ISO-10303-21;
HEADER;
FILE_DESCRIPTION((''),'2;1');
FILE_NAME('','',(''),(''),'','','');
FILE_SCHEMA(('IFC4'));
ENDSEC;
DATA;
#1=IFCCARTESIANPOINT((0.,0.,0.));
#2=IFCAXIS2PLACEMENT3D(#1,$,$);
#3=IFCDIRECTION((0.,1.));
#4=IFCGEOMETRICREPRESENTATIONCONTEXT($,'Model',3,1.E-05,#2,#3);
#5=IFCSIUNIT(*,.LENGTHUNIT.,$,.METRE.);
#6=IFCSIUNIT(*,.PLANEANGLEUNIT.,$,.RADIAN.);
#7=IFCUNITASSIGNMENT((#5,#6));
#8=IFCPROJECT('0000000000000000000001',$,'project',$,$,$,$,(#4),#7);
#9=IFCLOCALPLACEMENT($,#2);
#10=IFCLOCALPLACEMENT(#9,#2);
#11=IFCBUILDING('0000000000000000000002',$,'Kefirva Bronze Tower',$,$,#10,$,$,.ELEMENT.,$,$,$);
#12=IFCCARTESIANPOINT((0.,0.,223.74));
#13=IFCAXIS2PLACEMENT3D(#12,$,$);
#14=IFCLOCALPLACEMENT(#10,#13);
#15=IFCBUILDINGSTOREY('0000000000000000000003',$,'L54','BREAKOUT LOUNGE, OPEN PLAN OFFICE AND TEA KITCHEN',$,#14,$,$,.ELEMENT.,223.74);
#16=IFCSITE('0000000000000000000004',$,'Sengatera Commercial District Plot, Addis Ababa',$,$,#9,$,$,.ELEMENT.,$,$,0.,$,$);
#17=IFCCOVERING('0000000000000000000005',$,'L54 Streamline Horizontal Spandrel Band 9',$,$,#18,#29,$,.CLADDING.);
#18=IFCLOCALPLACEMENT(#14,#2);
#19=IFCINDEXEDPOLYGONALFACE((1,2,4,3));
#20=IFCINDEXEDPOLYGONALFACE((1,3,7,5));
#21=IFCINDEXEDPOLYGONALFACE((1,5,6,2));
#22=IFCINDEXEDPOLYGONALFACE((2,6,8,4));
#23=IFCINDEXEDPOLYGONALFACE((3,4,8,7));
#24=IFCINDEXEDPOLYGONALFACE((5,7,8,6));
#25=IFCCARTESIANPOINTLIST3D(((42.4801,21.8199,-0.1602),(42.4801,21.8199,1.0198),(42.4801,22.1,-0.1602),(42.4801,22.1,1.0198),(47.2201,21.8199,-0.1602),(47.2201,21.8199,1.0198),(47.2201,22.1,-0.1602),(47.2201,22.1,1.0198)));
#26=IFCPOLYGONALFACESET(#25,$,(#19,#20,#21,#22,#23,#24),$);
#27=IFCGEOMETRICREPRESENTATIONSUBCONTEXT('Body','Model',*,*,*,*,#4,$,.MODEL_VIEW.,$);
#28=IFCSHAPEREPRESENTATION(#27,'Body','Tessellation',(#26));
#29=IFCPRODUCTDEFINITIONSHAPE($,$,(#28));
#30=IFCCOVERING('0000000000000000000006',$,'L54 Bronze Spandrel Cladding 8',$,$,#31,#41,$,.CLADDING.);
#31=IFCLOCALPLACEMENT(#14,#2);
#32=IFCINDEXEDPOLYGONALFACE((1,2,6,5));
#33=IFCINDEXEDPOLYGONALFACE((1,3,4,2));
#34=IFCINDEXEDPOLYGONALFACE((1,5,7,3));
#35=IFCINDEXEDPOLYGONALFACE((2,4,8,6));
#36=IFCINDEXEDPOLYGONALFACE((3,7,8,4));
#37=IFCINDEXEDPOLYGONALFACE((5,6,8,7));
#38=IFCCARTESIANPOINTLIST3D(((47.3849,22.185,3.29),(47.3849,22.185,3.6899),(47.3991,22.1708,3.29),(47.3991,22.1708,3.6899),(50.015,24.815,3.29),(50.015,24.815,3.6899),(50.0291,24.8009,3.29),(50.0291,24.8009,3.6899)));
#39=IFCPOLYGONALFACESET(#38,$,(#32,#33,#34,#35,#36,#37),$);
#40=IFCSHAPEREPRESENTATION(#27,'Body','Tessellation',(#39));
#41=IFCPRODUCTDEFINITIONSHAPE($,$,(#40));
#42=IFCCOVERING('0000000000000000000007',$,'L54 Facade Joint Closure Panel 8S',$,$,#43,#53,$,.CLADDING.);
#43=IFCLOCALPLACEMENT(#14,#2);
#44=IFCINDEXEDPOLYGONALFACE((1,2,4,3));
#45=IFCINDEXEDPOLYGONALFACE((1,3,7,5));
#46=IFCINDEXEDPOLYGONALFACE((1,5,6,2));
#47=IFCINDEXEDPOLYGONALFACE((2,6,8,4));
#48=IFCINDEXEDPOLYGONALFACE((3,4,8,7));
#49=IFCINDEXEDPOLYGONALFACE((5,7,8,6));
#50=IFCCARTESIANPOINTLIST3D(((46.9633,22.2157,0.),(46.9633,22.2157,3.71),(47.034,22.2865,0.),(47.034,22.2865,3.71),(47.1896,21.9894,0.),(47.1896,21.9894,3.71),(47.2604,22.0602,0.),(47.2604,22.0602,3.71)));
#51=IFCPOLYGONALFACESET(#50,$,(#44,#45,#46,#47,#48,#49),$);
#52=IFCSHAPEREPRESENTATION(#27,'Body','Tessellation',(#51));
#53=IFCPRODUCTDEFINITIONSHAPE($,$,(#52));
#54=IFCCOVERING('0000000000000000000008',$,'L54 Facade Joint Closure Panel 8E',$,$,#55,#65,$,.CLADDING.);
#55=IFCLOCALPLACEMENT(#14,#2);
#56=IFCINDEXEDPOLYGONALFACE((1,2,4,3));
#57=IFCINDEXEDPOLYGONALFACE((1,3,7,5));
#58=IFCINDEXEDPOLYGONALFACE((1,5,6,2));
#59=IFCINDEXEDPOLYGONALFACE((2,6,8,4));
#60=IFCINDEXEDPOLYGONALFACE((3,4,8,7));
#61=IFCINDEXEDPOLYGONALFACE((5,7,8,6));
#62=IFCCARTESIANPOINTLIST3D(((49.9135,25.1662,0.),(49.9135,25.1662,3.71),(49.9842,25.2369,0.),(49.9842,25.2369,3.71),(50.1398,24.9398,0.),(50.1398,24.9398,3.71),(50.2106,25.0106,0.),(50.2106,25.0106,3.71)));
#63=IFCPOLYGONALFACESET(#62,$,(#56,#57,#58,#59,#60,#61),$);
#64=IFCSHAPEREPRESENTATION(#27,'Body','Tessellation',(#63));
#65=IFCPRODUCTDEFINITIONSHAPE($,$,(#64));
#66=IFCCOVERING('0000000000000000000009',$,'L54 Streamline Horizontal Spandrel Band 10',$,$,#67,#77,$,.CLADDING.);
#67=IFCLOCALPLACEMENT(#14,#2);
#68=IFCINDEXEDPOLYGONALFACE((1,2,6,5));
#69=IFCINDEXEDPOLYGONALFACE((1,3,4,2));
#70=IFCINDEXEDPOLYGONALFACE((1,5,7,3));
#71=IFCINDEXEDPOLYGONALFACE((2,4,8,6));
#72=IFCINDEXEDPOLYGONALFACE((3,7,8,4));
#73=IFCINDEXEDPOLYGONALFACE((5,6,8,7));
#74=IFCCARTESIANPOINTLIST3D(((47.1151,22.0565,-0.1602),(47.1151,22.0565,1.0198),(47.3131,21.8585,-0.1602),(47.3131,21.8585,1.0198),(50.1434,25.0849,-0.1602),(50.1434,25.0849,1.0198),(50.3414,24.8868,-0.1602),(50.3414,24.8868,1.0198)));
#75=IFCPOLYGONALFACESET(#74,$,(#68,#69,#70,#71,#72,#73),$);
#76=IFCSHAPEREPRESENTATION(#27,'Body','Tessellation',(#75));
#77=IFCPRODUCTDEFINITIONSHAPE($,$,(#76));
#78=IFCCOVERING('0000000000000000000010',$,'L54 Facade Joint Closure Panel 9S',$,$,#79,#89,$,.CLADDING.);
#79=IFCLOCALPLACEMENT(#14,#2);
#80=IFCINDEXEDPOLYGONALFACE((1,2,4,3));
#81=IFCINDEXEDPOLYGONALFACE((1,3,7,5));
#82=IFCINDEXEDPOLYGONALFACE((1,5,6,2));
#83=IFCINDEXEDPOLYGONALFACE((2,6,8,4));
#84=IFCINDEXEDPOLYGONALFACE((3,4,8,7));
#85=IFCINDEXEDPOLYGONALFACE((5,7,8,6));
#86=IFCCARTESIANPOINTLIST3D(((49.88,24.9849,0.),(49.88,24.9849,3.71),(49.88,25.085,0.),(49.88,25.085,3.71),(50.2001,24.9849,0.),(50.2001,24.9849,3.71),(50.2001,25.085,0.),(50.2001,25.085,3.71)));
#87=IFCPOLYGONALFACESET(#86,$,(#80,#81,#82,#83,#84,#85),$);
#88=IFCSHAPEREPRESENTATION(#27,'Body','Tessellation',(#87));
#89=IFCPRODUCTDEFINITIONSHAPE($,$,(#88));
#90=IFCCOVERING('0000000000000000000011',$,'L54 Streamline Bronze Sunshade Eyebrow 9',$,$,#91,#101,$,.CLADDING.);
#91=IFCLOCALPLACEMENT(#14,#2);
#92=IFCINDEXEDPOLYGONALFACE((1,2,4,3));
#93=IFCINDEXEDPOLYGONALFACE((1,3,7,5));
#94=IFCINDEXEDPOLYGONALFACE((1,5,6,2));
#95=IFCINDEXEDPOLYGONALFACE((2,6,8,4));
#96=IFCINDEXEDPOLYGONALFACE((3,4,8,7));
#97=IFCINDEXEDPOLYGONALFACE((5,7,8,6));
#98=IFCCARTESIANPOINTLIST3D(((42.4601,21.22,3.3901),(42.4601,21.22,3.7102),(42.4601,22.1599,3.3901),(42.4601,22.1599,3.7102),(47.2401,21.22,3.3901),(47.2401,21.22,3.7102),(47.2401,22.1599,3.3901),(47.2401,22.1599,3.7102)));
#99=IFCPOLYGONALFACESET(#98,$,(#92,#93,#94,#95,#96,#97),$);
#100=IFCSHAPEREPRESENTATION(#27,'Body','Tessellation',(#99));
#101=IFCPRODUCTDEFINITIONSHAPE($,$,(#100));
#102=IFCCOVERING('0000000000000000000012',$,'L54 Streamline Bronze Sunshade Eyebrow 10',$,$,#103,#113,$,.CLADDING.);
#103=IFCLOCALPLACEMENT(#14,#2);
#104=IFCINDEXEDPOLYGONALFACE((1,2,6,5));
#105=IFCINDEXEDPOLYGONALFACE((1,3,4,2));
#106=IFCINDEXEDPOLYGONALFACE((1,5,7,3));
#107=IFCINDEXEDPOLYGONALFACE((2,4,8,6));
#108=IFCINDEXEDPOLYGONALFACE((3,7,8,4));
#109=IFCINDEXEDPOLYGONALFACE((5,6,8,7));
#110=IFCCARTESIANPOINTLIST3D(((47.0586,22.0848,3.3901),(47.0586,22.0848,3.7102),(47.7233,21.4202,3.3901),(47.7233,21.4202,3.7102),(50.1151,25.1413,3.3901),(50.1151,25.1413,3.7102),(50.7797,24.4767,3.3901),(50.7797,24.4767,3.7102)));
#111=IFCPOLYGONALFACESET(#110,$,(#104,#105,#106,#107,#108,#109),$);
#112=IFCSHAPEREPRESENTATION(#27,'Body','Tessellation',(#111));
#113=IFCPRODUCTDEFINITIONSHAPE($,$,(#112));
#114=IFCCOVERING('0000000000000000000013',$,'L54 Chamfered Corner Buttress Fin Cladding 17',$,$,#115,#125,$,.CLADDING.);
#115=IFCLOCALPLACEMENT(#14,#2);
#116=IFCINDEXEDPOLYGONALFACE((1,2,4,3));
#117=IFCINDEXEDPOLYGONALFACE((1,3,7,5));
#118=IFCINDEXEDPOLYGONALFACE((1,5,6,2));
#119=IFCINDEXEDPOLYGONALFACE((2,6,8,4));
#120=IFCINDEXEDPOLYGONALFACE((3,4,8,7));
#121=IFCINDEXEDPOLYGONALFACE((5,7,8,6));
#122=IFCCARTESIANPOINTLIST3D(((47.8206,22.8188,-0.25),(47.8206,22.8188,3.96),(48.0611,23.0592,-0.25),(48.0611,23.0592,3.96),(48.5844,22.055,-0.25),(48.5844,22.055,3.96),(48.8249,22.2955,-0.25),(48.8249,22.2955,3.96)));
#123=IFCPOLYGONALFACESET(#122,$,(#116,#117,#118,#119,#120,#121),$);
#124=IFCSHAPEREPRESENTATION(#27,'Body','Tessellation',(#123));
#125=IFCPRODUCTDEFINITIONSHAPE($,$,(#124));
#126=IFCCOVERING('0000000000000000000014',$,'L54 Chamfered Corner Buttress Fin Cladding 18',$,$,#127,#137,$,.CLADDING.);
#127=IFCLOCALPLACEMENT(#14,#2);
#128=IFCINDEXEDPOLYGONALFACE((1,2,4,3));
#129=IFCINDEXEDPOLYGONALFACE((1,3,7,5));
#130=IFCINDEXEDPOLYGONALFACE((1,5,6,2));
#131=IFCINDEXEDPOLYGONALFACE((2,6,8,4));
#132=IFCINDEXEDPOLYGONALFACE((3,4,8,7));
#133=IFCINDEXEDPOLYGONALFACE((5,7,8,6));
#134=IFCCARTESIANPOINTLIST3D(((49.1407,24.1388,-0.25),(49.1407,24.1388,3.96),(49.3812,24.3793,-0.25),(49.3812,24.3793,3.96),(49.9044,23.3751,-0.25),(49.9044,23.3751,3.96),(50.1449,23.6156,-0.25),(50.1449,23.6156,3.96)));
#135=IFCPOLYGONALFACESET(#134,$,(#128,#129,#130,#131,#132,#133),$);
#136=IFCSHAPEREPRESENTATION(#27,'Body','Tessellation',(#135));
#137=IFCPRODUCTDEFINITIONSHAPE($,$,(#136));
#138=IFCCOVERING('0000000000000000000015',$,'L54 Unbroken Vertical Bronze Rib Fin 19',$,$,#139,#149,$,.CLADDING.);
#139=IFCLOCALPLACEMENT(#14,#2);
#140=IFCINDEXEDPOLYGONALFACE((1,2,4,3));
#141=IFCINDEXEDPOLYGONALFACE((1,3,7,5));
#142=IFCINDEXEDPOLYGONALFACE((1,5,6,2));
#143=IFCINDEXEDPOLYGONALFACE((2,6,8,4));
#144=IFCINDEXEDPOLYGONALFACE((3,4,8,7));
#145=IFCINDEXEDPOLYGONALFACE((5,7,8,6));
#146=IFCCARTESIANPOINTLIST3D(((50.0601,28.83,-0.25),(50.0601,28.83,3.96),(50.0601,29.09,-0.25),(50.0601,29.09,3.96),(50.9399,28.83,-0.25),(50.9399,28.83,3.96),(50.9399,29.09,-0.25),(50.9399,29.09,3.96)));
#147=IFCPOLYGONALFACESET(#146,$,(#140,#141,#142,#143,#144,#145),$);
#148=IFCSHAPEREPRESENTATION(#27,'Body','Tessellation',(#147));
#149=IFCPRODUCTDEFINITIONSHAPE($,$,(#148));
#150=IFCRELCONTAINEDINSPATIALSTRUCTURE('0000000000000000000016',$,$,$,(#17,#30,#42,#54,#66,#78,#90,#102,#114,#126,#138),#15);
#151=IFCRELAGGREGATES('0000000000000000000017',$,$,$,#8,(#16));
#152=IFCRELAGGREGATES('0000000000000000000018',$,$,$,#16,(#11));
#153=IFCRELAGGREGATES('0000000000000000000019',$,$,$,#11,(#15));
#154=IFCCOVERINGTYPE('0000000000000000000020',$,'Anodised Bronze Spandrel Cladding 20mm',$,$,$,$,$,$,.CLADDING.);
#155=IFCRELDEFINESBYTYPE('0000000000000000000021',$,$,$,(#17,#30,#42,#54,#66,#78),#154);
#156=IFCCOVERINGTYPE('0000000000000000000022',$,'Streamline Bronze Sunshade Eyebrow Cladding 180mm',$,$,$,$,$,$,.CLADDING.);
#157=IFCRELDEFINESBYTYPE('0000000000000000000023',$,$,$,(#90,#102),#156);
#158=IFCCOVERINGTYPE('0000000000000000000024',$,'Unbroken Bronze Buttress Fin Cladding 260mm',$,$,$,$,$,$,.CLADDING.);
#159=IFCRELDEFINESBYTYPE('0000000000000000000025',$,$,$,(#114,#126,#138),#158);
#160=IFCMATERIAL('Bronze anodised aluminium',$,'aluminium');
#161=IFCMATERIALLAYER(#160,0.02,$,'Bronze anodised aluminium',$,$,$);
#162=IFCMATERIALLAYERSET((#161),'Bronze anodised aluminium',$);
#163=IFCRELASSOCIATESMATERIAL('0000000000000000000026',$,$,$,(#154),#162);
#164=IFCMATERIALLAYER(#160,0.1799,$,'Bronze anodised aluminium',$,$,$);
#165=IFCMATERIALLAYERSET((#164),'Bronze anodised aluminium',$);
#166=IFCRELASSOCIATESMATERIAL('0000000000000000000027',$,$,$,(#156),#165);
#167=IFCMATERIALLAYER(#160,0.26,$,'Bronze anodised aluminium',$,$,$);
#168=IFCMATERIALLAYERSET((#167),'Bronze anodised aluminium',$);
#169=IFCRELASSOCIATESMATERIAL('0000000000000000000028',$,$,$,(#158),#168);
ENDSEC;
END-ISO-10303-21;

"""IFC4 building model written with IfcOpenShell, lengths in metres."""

from ifc_helpers import new_model, si_unit, direction, frame, origin, origin_2d, place, context, subcontext, project, spatial, rectangle, extrude, material, layer, layer_set, type_object, element, save


model = new_model("IFC4")

# Units and contexts
model_context = context("Model", 3, precision=1e-05, world=origin(), true_north=direction((0.0, 1.0)))
body_context = subcontext(model_context, "Body", "Model", "MODEL_VIEW")
ifc_project = project(units=[si_unit("LENGTHUNIT", "METRE"), si_unit("PLANEANGLEUNIT", "RADIAN")], contexts=[model_context])

# Site, building, storey
site_placement = place(None, origin())
site = spatial("IfcSite", under=ifc_project, at=site_placement, Name="Sengatera Commercial District Plot, Addis Ababa", CompositionType="ELEMENT", RefElevation=0.0)
building_placement = place(site_placement, origin())
building = spatial("IfcBuilding", under=site, at=building_placement, Name="Kefirva Bronze Tower", CompositionType="ELEMENT")
storey_placement = place(building_placement, frame((0.0, 0.0, 223.74)))
storey = spatial("IfcBuildingStorey", under=building, at=storey_placement, Name="L54", Description="BREAKOUT LOUNGE, OPEN PLAN OFFICE AND TEA KITCHEN", CompositionType="ELEMENT", Elevation=223.74)

# Coverings
ifc_material_1 = material(Name="Bronze anodised aluminium", Category="aluminium")
ifc_layer_1 = layer(ifc_material_1, 0.02, Name="Bronze anodised aluminium")
ifc_layer_set_1 = layer_set([ifc_layer_1], Name="Bronze anodised aluminium")
covering_type_1 = type_object("IfcCoveringType", Name="Anodised Bronze Spandrel Cladding 20mm", PredefinedType="CLADDING", material=ifc_layer_set_1)
covering_1_placement = place(storey_placement, frame((44.8501, 21.96, -0.1602), z_axis=(0.0, 0.0, 1.0), x_axis=(1.0, 0.0, 0.0)))
element("IfcCovering", 1, at=covering_1_placement, inside=storey, type_object=covering_type_1, Name="L54 Streamline Horizontal Spandrel Band 9", PredefinedType="CLADDING", context=body_context, shape_type="SweptSolid", body=[
    extrude(rectangle(XDim=4.74, YDim=0.28, at=origin_2d()), origin(), (0.0, 0.0, 1.0), 1.1799),
])
covering_2_placement = place(storey_placement, frame((48.707, 23.4929, 3.29), z_axis=(0.0, 0.0, 1.0), x_axis=(0.707107, 0.707107, 0.0)))
element("IfcCovering", 2, at=covering_2_placement, inside=storey, type_object=covering_type_1, Name="L54 Bronze Spandrel Cladding 8", PredefinedType="CLADDING", context=body_context, shape_type="SweptSolid", body=[
    extrude(rectangle(XDim=3.7195, YDim=0.02, at=origin_2d()), origin(), (0.0, 0.0, 1.0), 0.3999),
])
for number, where, z_axis, x_axis, name in (
    (3, (47.1118, 22.1379, 0.0), (0.0, 0.0, 1.0), (0.707107, 0.707107, 0.0), "L54 Facade Joint Closure Panel 8S"),
    (4, (50.062, 25.0884, 0.0), (0.0, 0.0, 1.0), (0.707107, 0.707107, 0.0), "L54 Facade Joint Closure Panel 8E"),
):
    element("IfcCovering", number, at=place(storey_placement, frame(where, z_axis=z_axis, x_axis=x_axis)), inside=storey, type_object=covering_type_1, Name=name, PredefinedType="CLADDING", context=body_context, shape_type="SweptSolid", body=[
        extrude(rectangle(XDim=0.1001, YDim=0.3201, at=origin_2d()), origin(), (0.0, 0.0, 1.0), 3.71),
    ])
covering_3_placement = place(storey_placement, frame((48.7283, 23.4717, -0.1602), z_axis=(0.0, 0.0, 1.0), x_axis=(0.707107, 0.707107, 0.0)))
element("IfcCovering", 5, at=covering_3_placement, inside=storey, type_object=covering_type_1, Name="L54 Streamline Horizontal Spandrel Band 10", PredefinedType="CLADDING", context=body_context, shape_type="SweptSolid", body=[
    extrude(rectangle(XDim=4.2827, YDim=0.28, at=origin_2d()), origin(), (0.0, 0.0, 1.0), 1.1799),
])
covering_4_placement = place(storey_placement, frame((50.04, 25.0349, 0.0), z_axis=(0.0, 0.0, 1.0), x_axis=(0.0, 1.0, 0.0)))
element("IfcCovering", 6, at=covering_4_placement, inside=storey, type_object=covering_type_1, Name="L54 Facade Joint Closure Panel 9S", PredefinedType="CLADDING", context=body_context, shape_type="SweptSolid", body=[
    extrude(rectangle(XDim=0.1001, YDim=0.3201, at=origin_2d()), origin(), (0.0, 0.0, 1.0), 3.71),
])
ifc_layer_2 = layer(ifc_material_1, 0.1799, Name="Bronze anodised aluminium")
ifc_layer_set_2 = layer_set([ifc_layer_2], Name="Bronze anodised aluminium")
covering_type_2 = type_object("IfcCoveringType", Name="Streamline Bronze Sunshade Eyebrow Cladding 180mm", PredefinedType="CLADDING", material=ifc_layer_set_2)
covering_5_placement = place(storey_placement, frame((44.8501, 21.6899, 3.3901), z_axis=(0.0, 0.0, 1.0), x_axis=(1.0, 0.0, 0.0)))
element("IfcCovering", 7, at=covering_5_placement, inside=storey, type_object=covering_type_2, Name="L54 Streamline Bronze Sunshade Eyebrow 9", PredefinedType="CLADDING", context=body_context, shape_type="SweptSolid", body=[
    extrude(rectangle(XDim=4.78, YDim=0.9399, at=origin_2d()), origin(), (0.0, 0.0, 1.0), 0.3201),
])
covering_6_placement = place(storey_placement, frame((48.9192, 23.2808, 3.3901), z_axis=(0.0, 0.0, 1.0), x_axis=(0.707107, 0.707107, 0.0)))
element("IfcCovering", 8, at=covering_6_placement, inside=storey, type_object=covering_type_2, Name="L54 Streamline Bronze Sunshade Eyebrow 10", PredefinedType="CLADDING", context=body_context, shape_type="SweptSolid", body=[
    extrude(rectangle(XDim=4.3225, YDim=0.9399, at=origin_2d()), origin(), (0.0, 0.0, 1.0), 0.3201),
])
ifc_layer_3 = layer(ifc_material_1, 0.26, Name="Bronze anodised aluminium")
ifc_layer_set_3 = layer_set([ifc_layer_3], Name="Bronze anodised aluminium")
covering_type_3 = type_object("IfcCoveringType", Name="Unbroken Bronze Buttress Fin Cladding 260mm", PredefinedType="CLADDING", material=ifc_layer_set_3)
for number, where, z_axis, x_axis, name in (
    (9, (48.3228, 22.5571, -0.25), (0.0, 0.0, 1.0), (0.707107, 0.707107, 0.0), "L54 Chamfered Corner Buttress Fin Cladding 17"),
    (10, (49.6428, 23.8772, -0.25), (0.0, 0.0, 1.0), (0.707107, 0.707107, 0.0), "L54 Chamfered Corner Buttress Fin Cladding 18"),
):
    element("IfcCovering", number, at=place(storey_placement, frame(where, z_axis=z_axis, x_axis=x_axis)), inside=storey, type_object=covering_type_3, Name=name, PredefinedType="CLADDING", context=body_context, shape_type="SweptSolid", body=[
        extrude(rectangle(XDim=0.3401, YDim=1.0801, at=origin_2d()), origin(), (0.0, 0.0, 1.0), 4.21),
    ])
covering_7_placement = place(storey_placement, frame((50.5, 28.96, -0.25), z_axis=(0.0, 0.0, 1.0), x_axis=(0.0, 1.0, 0.0)))
element("IfcCovering", 11, at=covering_7_placement, inside=storey, type_object=covering_type_3, Name="L54 Unbroken Vertical Bronze Rib Fin 19", PredefinedType="CLADDING", context=body_context, shape_type="SweptSolid", body=[
    extrude(rectangle(XDim=0.26, YDim=0.8799, at=origin_2d()), origin(), (0.0, 0.0, 1.0), 4.21),
])

save(model, "model.ifc")
